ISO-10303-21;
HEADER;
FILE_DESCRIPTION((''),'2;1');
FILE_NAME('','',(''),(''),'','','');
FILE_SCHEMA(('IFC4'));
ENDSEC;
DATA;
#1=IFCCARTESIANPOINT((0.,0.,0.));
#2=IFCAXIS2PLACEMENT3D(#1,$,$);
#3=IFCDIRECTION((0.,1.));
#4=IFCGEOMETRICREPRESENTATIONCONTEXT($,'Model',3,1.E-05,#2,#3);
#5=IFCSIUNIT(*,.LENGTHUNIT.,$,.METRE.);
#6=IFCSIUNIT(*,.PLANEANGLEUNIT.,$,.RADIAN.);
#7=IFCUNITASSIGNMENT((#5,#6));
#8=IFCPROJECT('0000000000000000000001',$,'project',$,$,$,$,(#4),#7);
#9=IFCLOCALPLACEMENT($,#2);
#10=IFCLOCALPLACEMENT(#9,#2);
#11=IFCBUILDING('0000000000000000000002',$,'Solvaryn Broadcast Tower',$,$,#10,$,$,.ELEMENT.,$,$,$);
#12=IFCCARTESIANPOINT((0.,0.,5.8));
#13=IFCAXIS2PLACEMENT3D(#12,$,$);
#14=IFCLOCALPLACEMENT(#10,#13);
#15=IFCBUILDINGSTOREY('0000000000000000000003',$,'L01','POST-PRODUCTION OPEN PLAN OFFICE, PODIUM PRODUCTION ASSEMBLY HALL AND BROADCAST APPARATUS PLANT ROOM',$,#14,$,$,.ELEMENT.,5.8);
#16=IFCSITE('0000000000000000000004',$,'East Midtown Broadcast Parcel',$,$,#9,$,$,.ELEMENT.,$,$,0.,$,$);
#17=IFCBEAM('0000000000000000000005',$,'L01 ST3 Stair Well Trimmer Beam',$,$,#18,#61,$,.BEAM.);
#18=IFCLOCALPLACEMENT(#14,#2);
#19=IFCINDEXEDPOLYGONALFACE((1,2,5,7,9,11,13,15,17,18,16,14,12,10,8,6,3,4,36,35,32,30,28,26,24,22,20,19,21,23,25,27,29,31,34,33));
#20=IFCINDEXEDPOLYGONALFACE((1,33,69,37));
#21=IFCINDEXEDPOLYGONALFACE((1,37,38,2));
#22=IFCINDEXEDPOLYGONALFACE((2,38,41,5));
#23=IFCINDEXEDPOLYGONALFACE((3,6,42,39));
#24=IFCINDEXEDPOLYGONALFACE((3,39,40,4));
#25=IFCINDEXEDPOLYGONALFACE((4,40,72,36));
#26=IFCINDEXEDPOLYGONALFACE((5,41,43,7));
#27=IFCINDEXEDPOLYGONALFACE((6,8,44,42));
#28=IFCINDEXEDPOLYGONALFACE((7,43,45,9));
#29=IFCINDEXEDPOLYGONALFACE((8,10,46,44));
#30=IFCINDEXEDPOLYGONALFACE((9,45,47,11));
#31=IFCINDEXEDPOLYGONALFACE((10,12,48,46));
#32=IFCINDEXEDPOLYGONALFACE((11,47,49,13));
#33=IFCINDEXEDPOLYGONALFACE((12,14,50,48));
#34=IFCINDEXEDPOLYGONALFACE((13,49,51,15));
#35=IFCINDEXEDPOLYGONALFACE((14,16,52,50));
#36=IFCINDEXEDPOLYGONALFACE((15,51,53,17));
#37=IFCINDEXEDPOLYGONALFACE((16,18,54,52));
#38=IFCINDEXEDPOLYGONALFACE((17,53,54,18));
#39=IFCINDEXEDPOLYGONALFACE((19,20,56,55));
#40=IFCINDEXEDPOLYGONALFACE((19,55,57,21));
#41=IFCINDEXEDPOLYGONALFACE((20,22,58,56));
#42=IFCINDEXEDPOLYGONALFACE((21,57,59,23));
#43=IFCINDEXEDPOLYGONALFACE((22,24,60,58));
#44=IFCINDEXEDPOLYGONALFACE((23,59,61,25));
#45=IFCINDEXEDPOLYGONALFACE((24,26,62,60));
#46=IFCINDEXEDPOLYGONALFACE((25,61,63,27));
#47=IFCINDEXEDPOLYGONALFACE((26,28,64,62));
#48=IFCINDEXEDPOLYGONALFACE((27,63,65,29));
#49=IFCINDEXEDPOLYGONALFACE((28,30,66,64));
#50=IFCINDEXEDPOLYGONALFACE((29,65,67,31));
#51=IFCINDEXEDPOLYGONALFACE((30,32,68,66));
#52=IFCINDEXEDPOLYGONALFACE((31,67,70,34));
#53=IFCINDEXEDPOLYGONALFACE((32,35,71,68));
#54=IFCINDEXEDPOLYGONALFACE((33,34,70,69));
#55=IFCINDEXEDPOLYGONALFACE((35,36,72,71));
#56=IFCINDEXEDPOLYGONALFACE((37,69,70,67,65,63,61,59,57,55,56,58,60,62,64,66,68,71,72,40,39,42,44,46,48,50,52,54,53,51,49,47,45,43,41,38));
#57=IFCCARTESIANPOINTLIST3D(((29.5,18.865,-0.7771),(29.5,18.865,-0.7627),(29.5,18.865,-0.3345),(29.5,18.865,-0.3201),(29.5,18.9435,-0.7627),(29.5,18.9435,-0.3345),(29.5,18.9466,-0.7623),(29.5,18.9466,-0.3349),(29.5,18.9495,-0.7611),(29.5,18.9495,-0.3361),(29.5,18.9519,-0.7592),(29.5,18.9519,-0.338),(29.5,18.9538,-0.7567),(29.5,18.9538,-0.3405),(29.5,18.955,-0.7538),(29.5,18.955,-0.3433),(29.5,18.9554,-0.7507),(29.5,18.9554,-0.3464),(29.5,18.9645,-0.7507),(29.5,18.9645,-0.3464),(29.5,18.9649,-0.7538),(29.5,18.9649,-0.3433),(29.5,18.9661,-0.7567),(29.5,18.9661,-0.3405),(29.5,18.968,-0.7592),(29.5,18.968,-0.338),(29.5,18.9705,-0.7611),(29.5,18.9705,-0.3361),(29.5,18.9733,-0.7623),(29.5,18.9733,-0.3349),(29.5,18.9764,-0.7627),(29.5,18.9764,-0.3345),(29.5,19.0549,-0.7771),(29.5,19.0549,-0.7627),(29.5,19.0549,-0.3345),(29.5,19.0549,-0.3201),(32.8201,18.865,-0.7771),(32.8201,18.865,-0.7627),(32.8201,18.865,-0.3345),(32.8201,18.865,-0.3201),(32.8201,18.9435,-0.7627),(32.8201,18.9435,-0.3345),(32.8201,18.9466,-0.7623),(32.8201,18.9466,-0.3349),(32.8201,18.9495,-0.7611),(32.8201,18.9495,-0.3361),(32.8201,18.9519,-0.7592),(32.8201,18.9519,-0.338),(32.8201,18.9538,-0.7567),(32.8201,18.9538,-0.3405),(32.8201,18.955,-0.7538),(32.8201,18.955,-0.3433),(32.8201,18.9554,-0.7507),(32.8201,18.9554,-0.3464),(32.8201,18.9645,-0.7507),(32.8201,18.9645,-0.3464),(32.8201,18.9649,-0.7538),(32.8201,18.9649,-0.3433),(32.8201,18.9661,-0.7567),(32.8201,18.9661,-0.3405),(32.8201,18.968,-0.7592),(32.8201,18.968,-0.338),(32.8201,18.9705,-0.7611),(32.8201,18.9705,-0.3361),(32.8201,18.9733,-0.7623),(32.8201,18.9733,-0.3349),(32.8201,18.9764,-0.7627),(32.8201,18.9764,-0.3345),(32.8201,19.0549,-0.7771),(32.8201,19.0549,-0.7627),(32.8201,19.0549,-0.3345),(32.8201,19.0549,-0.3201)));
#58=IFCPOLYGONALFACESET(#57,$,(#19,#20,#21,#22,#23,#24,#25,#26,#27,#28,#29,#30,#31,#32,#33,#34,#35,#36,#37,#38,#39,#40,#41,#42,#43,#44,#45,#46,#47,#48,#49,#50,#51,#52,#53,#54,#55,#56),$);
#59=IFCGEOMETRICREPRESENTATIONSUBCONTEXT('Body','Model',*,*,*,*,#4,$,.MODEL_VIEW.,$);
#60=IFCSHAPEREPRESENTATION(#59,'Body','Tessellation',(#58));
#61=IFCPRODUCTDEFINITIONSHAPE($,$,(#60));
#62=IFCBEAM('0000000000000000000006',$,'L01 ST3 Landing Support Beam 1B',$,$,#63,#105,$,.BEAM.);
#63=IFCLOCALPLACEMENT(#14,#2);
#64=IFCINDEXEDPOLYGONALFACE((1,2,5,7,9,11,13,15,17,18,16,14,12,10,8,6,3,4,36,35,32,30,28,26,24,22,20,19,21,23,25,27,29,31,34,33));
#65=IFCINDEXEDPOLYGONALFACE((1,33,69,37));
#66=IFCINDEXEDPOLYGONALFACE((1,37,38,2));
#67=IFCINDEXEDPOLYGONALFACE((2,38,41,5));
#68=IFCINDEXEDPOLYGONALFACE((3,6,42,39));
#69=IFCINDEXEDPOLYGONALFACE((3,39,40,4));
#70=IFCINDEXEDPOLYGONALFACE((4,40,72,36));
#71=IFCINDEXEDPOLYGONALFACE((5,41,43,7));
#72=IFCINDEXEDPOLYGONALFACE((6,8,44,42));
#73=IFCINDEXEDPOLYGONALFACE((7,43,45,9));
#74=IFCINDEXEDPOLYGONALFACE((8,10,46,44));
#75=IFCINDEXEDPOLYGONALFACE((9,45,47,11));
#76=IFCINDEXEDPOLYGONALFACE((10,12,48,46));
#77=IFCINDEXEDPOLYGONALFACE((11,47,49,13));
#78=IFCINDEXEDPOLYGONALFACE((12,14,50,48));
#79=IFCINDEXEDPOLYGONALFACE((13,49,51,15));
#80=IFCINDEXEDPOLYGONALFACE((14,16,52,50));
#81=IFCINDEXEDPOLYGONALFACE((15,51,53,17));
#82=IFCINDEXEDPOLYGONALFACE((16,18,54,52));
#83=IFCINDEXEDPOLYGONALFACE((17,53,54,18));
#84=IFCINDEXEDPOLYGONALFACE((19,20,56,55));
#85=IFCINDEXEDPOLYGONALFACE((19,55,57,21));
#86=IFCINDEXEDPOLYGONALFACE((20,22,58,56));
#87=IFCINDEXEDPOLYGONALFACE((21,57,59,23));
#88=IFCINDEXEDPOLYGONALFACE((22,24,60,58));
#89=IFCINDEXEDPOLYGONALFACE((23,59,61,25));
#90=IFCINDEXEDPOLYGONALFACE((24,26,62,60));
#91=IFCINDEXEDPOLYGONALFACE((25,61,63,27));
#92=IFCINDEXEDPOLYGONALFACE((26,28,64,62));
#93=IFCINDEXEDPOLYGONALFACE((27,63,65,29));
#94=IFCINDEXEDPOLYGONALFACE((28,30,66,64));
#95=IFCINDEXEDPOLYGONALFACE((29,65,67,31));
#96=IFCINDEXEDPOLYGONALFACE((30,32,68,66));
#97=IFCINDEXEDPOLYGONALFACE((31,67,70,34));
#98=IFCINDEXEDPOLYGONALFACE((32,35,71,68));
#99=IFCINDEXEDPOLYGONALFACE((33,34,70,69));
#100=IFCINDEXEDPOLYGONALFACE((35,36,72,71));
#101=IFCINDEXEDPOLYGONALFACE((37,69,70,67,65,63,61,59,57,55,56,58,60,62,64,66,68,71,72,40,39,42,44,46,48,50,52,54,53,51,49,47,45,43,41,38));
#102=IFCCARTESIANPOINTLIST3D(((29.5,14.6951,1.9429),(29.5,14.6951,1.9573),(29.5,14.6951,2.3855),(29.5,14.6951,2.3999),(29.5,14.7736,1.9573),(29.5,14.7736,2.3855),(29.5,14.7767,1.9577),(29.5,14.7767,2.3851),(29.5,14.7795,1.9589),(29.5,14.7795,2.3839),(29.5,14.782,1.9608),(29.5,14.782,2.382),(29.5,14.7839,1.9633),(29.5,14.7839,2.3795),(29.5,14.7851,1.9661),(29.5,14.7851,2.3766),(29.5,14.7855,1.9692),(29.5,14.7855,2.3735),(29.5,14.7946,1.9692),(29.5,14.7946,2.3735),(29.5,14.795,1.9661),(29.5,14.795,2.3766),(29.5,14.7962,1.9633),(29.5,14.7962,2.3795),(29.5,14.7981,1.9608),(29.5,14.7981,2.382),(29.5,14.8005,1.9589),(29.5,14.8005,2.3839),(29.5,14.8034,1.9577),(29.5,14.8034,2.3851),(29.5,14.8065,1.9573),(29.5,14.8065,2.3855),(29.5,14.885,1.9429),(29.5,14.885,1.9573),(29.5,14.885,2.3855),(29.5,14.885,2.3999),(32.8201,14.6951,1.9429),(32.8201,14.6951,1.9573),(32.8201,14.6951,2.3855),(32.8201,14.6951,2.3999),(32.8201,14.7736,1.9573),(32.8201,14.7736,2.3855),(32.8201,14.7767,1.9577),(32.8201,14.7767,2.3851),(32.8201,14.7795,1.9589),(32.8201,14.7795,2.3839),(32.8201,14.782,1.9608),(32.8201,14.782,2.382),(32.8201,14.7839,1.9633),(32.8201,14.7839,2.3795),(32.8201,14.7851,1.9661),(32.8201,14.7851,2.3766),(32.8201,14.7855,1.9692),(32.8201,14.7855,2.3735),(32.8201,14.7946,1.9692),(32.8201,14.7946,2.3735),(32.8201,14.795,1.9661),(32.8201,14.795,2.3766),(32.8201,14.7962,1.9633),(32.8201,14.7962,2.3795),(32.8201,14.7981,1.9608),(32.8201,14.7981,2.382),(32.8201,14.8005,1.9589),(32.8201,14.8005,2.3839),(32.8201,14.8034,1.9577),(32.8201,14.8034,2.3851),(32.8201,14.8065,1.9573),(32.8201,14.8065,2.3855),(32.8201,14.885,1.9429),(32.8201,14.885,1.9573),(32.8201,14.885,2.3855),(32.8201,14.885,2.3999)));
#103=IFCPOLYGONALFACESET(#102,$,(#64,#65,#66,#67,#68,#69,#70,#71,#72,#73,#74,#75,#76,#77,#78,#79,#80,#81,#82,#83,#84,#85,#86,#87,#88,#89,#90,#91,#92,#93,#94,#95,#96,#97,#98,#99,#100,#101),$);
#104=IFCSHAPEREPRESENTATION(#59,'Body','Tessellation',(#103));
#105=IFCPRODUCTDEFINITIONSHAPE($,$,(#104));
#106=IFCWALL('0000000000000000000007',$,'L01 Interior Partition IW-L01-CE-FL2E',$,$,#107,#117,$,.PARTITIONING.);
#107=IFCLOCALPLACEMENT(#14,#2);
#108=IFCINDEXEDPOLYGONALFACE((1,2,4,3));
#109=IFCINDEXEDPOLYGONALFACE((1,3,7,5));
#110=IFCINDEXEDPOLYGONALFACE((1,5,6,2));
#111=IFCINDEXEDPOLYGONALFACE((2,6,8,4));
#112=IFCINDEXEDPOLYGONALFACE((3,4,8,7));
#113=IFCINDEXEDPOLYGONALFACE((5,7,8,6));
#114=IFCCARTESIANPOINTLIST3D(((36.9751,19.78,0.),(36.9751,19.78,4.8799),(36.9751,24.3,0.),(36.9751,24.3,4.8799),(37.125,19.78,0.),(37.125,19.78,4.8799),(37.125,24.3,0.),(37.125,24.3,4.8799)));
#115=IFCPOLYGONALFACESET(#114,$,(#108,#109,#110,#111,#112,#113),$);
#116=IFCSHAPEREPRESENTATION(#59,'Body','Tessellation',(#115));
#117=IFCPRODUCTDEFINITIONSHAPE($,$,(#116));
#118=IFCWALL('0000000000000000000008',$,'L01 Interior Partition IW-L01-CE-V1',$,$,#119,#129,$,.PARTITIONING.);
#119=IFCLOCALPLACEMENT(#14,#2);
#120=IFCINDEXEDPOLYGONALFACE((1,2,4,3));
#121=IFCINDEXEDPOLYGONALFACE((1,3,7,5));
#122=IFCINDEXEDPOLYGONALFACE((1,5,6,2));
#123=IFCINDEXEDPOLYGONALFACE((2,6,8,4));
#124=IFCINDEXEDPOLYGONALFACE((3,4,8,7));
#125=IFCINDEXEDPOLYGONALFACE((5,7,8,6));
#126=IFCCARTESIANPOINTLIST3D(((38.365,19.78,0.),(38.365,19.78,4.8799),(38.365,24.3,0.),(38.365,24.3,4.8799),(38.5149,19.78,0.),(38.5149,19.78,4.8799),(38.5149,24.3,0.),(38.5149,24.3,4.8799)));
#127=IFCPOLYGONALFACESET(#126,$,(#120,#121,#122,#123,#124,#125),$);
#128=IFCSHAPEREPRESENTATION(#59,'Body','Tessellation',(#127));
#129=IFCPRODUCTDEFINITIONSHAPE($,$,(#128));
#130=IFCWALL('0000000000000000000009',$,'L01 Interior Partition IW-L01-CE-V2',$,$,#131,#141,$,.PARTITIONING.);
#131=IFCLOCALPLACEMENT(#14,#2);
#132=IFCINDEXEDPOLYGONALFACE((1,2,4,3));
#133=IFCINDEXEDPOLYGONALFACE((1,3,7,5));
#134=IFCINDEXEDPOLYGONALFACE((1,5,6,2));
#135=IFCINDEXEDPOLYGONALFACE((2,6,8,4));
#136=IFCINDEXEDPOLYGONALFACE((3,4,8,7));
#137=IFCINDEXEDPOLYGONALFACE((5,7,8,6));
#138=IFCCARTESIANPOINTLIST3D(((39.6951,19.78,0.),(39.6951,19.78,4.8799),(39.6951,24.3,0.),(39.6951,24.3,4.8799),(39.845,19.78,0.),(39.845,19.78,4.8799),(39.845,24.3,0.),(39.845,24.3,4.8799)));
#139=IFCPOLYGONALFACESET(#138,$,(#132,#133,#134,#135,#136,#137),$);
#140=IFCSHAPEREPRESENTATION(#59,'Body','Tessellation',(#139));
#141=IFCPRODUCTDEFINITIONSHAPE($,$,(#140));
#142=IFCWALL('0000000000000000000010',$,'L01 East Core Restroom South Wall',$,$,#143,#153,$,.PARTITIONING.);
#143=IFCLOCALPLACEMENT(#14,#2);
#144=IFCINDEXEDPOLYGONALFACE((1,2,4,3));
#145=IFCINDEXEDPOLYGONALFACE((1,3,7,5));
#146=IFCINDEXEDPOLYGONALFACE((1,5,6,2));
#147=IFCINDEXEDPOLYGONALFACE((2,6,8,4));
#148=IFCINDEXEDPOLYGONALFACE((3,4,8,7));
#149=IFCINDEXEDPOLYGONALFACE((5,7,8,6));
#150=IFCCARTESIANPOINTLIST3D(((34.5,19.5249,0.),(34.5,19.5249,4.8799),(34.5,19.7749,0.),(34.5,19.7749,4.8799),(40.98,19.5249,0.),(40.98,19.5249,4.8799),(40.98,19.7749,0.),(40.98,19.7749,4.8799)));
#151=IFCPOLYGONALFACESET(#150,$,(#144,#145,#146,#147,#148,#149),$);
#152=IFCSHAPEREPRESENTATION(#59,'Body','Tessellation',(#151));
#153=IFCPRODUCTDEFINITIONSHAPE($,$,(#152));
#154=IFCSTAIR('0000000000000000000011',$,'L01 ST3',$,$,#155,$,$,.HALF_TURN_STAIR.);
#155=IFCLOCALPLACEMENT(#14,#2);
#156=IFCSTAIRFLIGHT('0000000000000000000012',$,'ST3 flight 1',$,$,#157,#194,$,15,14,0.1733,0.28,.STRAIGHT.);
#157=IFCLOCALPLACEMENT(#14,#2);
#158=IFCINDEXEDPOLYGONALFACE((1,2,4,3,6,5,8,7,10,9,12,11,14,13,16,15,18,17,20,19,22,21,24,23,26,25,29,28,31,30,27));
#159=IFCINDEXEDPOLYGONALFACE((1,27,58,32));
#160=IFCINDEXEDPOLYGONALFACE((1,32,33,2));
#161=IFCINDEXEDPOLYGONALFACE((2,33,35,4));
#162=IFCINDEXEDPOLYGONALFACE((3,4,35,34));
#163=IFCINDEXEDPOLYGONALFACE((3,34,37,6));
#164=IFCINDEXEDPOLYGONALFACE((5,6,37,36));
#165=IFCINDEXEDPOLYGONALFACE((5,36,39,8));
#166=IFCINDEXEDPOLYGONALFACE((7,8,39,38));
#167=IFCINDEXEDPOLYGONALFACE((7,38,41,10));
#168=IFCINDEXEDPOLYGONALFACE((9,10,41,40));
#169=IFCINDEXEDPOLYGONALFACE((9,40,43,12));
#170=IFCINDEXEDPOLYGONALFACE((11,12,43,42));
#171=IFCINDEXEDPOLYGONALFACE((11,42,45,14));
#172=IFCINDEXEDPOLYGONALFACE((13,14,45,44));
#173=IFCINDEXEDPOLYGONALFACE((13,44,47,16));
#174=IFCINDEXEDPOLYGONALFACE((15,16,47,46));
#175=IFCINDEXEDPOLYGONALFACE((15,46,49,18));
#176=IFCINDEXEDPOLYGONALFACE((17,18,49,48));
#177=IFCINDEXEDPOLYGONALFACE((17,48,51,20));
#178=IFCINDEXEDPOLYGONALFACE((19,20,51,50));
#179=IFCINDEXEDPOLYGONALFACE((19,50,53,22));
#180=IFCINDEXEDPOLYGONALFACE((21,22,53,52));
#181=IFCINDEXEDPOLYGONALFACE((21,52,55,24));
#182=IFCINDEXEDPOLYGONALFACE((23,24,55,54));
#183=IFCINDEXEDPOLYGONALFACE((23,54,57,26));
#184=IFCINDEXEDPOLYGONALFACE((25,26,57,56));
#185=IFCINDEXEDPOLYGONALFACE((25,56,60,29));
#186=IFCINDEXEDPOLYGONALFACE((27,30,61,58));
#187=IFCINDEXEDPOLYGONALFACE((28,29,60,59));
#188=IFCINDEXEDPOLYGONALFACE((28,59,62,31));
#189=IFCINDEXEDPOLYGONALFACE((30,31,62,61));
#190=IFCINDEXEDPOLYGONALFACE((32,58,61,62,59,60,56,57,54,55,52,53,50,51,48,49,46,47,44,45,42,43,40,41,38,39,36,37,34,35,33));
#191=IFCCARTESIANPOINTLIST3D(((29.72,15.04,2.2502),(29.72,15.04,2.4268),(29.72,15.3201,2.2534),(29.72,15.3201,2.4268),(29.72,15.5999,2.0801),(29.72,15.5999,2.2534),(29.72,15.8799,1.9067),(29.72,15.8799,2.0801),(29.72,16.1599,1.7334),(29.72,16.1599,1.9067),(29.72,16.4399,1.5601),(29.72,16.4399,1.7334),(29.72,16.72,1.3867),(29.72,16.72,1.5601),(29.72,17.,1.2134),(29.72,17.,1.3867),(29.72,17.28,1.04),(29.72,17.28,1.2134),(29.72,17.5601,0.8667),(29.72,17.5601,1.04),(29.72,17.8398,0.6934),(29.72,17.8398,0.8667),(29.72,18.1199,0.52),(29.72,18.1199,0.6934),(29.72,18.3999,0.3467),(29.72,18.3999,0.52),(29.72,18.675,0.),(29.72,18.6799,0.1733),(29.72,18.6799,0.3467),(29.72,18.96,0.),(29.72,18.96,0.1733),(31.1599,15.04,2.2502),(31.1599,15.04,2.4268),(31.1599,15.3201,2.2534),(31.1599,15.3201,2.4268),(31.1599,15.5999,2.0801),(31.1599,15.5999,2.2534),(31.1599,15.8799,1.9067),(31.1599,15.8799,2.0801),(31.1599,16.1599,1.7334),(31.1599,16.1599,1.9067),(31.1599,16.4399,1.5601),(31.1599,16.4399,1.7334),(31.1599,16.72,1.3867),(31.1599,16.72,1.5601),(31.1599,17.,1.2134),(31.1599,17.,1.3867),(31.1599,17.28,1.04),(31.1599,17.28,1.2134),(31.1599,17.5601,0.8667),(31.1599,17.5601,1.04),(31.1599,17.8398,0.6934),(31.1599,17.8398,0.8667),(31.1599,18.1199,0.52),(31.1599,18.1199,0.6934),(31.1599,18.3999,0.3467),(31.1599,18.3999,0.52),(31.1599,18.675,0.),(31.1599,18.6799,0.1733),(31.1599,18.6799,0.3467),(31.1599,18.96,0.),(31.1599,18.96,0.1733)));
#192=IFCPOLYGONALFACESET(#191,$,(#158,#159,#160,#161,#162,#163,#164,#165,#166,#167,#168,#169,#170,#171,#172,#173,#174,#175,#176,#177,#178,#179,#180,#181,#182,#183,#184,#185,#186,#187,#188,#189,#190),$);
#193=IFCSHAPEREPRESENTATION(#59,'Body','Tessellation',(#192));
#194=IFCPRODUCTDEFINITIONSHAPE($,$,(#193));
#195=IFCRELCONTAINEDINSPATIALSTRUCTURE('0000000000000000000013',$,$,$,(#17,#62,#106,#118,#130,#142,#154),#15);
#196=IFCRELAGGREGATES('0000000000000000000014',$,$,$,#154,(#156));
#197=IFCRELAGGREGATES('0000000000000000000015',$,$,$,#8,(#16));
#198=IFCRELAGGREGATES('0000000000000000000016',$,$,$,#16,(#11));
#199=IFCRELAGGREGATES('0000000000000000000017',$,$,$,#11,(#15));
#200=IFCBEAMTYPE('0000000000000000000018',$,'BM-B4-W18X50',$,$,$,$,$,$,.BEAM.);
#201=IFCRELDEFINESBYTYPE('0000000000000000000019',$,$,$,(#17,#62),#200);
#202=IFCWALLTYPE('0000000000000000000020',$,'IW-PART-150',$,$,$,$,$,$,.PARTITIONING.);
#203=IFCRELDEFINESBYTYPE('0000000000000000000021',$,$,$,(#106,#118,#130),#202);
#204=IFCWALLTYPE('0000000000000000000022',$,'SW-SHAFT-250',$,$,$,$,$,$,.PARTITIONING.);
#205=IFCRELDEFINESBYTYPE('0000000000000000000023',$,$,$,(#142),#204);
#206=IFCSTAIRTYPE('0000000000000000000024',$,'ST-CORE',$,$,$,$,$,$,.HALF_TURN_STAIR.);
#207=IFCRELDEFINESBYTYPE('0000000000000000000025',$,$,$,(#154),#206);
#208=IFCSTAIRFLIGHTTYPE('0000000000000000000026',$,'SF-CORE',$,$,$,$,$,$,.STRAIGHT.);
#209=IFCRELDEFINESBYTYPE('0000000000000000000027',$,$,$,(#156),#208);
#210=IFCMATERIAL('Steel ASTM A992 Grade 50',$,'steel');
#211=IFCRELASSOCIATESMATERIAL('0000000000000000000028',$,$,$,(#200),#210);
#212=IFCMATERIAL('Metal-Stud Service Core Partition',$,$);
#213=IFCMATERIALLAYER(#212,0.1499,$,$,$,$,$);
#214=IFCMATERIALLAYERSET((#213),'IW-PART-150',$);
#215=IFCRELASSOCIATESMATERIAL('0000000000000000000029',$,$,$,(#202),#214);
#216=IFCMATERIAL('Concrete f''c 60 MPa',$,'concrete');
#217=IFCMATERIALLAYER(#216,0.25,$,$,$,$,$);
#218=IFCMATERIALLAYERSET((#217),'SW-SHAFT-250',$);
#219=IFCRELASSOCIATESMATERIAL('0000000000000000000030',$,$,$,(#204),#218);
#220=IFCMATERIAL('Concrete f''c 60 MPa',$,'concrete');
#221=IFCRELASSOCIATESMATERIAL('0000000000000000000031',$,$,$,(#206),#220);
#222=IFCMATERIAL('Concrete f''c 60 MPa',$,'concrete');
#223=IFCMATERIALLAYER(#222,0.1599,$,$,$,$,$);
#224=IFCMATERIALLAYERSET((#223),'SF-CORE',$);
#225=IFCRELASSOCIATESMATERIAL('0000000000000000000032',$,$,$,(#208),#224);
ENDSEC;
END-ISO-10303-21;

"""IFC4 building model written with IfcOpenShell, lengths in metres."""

from ifc_helpers import new_model, si_unit, direction, frame, frame_2d, origin, origin_2d, place, context, subcontext, project, spatial, polyline, rectangle, i_section, outline, extrude, material, layer, layer_set, material_profile, profile_set, type_object, element, aggregate, save


model = new_model("IFC4")

# Units and contexts
model_context = context("Model", 3, precision=1e-05, world=origin(), true_north=direction((0.0, 1.0)))
body_context = subcontext(model_context, "Body", "Model", "MODEL_VIEW")
ifc_project = project(units=[si_unit("LENGTHUNIT", "METRE"), si_unit("PLANEANGLEUNIT", "RADIAN")], contexts=[model_context])

# Site, building, storey
site_placement = place(None, origin())
site = spatial("IfcSite", under=ifc_project, at=site_placement, Name="East Midtown Broadcast Parcel", CompositionType="ELEMENT", RefElevation=0.0)
building_placement = place(site_placement, origin())
building = spatial("IfcBuilding", under=site, at=building_placement, Name="Solvaryn Broadcast Tower", CompositionType="ELEMENT")
storey_placement = place(building_placement, frame((0.0, 0.0, 5.8)))
storey = spatial("IfcBuildingStorey", under=building, at=storey_placement, Name="L01", Description="POST-PRODUCTION OPEN PLAN OFFICE, PODIUM PRODUCTION ASSEMBLY HALL AND BROADCAST APPARATUS PLANT ROOM", CompositionType="ELEMENT", Elevation=5.8)

# Beams
ifc_material_1 = material(Name="Steel ASTM A992 Grade 50", Category="steel")
ifc_material_profile = material_profile(ifc_material_1, i_section(OverallWidth=0.1899, OverallDepth=0.457, WebThickness=0.009, FlangeThickness=0.0144, FilletRadius=0.012, at=origin_2d()))
ifc_profile_set = profile_set([ifc_material_profile], Name="Steel ASTM A992 Grade 50")
beam_type = type_object("IfcBeamType", Name="BM-B4-W18X50", PredefinedType="BEAM", material=ifc_profile_set)
for number, where, z_axis, x_axis, name in (
    (1, (29.5, 18.96, -0.5486), (1.0, 0.0, 0.0), (0.0, 1.0, 0.0), "L01 ST3 Stair Well Trimmer Beam"),
    (2, (29.5, 14.79, 2.1714), (1.0, 0.0, 0.0), (0.0, 1.0, 0.0), "L01 ST3 Landing Support Beam 1B"),
):
    element("IfcBeam", number, at=place(storey_placement, frame(where, z_axis=z_axis, x_axis=x_axis)), inside=storey, type_object=beam_type, Name=name, PredefinedType="BEAM", context=body_context, shape_type="SweptSolid", body=[
        extrude(i_section(OverallWidth=0.1899, OverallDepth=0.457, WebThickness=0.009, FlangeThickness=0.0144, FilletRadius=0.012, at=origin_2d()), origin(), (0.0, 0.0, 1.0), 3.3201),
    ])

# Walls
ifc_material_2 = material(Name="Metal-Stud Service Core Partition")
ifc_layer_1 = layer(ifc_material_2, 0.1499)
ifc_layer_set_1 = layer_set([ifc_layer_1], Name="IW-PART-150")
wall_type_1 = type_object("IfcWallType", Name="IW-PART-150", PredefinedType="PARTITIONING", material=ifc_layer_set_1)
for number, where, z_axis, x_axis, name in (
    (3, (37.05, 19.78, 0.0), (0.0, 0.0, 1.0), (0.0, 1.0, 0.0), "L01 Interior Partition IW-L01-CE-FL2E"),
    (4, (38.4399, 19.78, 0.0), (0.0, 0.0, 1.0), (0.0, 1.0, 0.0), "L01 Interior Partition IW-L01-CE-V1"),
    (5, (39.77, 19.78, 0.0), (0.0, 0.0, 1.0), (0.0, 1.0, 0.0), "L01 Interior Partition IW-L01-CE-V2"),
):
    element("IfcWall", number, at=place(storey_placement, frame(where, z_axis=z_axis, x_axis=x_axis)), inside=storey, type_object=wall_type_1, Name=name, PredefinedType="PARTITIONING", context=body_context, shape_type="SweptSolid", body=[
        extrude(rectangle(XDim=4.52, YDim=0.1499, at=frame_2d((2.26, 0.0))), origin(), (0.0, 0.0, 1.0), 4.8799),
    ])
ifc_material_3 = material(Name="Concrete f'c 60 MPa", Category="concrete")
ifc_layer_2 = layer(ifc_material_3, 0.25)
ifc_layer_set_2 = layer_set([ifc_layer_2], Name="SW-SHAFT-250")
wall_type_2 = type_object("IfcWallType", Name="SW-SHAFT-250", PredefinedType="PARTITIONING", material=ifc_layer_set_2)
wall_1_placement = place(storey_placement, frame((34.5, 19.6499, 0.0), z_axis=(0.0, 0.0, 1.0), x_axis=(1.0, 0.0, 0.0)))
element("IfcWall", 6, at=wall_1_placement, inside=storey, type_object=wall_type_2, Name="L01 East Core Restroom South Wall", PredefinedType="PARTITIONING", context=body_context, shape_type="SweptSolid", body=[
    extrude(rectangle(XDim=6.48, YDim=0.25, at=frame_2d((3.24, 0.0))), origin(), (0.0, 0.0, 1.0), 4.8799),
])

# Stair, stair flight
ifc_material_4 = material(Name="Concrete f'c 60 MPa", Category="concrete")
stair_type = type_object("IfcStairType", Name="ST-CORE", PredefinedType="HALF_TURN_STAIR", material=ifc_material_4)
stair_placement = place(storey_placement, origin())
stair = element("IfcStair", 7, at=stair_placement, inside=storey, type_object=stair_type, Name="L01 ST3", PredefinedType="HALF_TURN_STAIR")
ifc_material_5 = material(Name="Concrete f'c 60 MPa", Category="concrete")
ifc_layer_3 = layer(ifc_material_5, 0.1599)
ifc_layer_set_3 = layer_set([ifc_layer_3], Name="SF-CORE")
stair_flight_type = type_object("IfcStairFlightType", Name="SF-CORE", PredefinedType="STRAIGHT", material=ifc_layer_set_3)
stair_flight_1_placement = place(storey_placement, frame((30.4399, 18.96, 0.0), z_axis=(0.0, 0.0, 1.0), x_axis=(0.0, -1.0, 0.0)))
stair_flight_1 = element("IfcStairFlight", 8, at=stair_flight_1_placement, type_object=stair_flight_type, Name="ST3 flight 1", NumberOfRisers=15, NumberOfTreads=14, PredefinedType="STRAIGHT", RiserHeight=0.1733, TreadLength=0.28, context=body_context, shape_type="SweptSolid", body=[
    extrude(outline(polyline([(0.0, 0.0), (0.0, 0.1733), (0.28, 0.1733), (0.28, 0.3467), (0.5601, 0.3467), (0.5601, 0.52), (0.8401, 0.52), (0.8401, 0.6934), (1.1201, 0.6934), (1.1201, 0.8667), (1.3999, 0.8667), (1.3999, 1.04), (1.6799, 1.04), (1.6799, 1.2134), (1.96, 1.2134), (1.96, 1.3867), (2.24, 1.3867), (2.24, 1.5601), (2.52, 1.5601), (2.52, 1.7334), (2.8, 1.7334), (2.8, 1.9067), (3.0801, 1.9067), (3.0801, 2.0801), (3.3601, 2.0801), (3.3601, 2.2534), (3.6399, 2.2534), (3.6399, 2.4268), (3.9199, 2.4268), (3.9199, 2.6001), (3.9199, 2.2502), (0.2849, 0.0), (0.0, 0.0)])), frame((0.0, 0.72, 0.0), z_axis=(0.0, -1.0, 0.0), x_axis=(1.0, 0.0, 0.0)), (0.0, 0.0, 1.0), 1.4399),
])
aggregate(stair, [stair_flight_1])

save(model, "model.ifc")
